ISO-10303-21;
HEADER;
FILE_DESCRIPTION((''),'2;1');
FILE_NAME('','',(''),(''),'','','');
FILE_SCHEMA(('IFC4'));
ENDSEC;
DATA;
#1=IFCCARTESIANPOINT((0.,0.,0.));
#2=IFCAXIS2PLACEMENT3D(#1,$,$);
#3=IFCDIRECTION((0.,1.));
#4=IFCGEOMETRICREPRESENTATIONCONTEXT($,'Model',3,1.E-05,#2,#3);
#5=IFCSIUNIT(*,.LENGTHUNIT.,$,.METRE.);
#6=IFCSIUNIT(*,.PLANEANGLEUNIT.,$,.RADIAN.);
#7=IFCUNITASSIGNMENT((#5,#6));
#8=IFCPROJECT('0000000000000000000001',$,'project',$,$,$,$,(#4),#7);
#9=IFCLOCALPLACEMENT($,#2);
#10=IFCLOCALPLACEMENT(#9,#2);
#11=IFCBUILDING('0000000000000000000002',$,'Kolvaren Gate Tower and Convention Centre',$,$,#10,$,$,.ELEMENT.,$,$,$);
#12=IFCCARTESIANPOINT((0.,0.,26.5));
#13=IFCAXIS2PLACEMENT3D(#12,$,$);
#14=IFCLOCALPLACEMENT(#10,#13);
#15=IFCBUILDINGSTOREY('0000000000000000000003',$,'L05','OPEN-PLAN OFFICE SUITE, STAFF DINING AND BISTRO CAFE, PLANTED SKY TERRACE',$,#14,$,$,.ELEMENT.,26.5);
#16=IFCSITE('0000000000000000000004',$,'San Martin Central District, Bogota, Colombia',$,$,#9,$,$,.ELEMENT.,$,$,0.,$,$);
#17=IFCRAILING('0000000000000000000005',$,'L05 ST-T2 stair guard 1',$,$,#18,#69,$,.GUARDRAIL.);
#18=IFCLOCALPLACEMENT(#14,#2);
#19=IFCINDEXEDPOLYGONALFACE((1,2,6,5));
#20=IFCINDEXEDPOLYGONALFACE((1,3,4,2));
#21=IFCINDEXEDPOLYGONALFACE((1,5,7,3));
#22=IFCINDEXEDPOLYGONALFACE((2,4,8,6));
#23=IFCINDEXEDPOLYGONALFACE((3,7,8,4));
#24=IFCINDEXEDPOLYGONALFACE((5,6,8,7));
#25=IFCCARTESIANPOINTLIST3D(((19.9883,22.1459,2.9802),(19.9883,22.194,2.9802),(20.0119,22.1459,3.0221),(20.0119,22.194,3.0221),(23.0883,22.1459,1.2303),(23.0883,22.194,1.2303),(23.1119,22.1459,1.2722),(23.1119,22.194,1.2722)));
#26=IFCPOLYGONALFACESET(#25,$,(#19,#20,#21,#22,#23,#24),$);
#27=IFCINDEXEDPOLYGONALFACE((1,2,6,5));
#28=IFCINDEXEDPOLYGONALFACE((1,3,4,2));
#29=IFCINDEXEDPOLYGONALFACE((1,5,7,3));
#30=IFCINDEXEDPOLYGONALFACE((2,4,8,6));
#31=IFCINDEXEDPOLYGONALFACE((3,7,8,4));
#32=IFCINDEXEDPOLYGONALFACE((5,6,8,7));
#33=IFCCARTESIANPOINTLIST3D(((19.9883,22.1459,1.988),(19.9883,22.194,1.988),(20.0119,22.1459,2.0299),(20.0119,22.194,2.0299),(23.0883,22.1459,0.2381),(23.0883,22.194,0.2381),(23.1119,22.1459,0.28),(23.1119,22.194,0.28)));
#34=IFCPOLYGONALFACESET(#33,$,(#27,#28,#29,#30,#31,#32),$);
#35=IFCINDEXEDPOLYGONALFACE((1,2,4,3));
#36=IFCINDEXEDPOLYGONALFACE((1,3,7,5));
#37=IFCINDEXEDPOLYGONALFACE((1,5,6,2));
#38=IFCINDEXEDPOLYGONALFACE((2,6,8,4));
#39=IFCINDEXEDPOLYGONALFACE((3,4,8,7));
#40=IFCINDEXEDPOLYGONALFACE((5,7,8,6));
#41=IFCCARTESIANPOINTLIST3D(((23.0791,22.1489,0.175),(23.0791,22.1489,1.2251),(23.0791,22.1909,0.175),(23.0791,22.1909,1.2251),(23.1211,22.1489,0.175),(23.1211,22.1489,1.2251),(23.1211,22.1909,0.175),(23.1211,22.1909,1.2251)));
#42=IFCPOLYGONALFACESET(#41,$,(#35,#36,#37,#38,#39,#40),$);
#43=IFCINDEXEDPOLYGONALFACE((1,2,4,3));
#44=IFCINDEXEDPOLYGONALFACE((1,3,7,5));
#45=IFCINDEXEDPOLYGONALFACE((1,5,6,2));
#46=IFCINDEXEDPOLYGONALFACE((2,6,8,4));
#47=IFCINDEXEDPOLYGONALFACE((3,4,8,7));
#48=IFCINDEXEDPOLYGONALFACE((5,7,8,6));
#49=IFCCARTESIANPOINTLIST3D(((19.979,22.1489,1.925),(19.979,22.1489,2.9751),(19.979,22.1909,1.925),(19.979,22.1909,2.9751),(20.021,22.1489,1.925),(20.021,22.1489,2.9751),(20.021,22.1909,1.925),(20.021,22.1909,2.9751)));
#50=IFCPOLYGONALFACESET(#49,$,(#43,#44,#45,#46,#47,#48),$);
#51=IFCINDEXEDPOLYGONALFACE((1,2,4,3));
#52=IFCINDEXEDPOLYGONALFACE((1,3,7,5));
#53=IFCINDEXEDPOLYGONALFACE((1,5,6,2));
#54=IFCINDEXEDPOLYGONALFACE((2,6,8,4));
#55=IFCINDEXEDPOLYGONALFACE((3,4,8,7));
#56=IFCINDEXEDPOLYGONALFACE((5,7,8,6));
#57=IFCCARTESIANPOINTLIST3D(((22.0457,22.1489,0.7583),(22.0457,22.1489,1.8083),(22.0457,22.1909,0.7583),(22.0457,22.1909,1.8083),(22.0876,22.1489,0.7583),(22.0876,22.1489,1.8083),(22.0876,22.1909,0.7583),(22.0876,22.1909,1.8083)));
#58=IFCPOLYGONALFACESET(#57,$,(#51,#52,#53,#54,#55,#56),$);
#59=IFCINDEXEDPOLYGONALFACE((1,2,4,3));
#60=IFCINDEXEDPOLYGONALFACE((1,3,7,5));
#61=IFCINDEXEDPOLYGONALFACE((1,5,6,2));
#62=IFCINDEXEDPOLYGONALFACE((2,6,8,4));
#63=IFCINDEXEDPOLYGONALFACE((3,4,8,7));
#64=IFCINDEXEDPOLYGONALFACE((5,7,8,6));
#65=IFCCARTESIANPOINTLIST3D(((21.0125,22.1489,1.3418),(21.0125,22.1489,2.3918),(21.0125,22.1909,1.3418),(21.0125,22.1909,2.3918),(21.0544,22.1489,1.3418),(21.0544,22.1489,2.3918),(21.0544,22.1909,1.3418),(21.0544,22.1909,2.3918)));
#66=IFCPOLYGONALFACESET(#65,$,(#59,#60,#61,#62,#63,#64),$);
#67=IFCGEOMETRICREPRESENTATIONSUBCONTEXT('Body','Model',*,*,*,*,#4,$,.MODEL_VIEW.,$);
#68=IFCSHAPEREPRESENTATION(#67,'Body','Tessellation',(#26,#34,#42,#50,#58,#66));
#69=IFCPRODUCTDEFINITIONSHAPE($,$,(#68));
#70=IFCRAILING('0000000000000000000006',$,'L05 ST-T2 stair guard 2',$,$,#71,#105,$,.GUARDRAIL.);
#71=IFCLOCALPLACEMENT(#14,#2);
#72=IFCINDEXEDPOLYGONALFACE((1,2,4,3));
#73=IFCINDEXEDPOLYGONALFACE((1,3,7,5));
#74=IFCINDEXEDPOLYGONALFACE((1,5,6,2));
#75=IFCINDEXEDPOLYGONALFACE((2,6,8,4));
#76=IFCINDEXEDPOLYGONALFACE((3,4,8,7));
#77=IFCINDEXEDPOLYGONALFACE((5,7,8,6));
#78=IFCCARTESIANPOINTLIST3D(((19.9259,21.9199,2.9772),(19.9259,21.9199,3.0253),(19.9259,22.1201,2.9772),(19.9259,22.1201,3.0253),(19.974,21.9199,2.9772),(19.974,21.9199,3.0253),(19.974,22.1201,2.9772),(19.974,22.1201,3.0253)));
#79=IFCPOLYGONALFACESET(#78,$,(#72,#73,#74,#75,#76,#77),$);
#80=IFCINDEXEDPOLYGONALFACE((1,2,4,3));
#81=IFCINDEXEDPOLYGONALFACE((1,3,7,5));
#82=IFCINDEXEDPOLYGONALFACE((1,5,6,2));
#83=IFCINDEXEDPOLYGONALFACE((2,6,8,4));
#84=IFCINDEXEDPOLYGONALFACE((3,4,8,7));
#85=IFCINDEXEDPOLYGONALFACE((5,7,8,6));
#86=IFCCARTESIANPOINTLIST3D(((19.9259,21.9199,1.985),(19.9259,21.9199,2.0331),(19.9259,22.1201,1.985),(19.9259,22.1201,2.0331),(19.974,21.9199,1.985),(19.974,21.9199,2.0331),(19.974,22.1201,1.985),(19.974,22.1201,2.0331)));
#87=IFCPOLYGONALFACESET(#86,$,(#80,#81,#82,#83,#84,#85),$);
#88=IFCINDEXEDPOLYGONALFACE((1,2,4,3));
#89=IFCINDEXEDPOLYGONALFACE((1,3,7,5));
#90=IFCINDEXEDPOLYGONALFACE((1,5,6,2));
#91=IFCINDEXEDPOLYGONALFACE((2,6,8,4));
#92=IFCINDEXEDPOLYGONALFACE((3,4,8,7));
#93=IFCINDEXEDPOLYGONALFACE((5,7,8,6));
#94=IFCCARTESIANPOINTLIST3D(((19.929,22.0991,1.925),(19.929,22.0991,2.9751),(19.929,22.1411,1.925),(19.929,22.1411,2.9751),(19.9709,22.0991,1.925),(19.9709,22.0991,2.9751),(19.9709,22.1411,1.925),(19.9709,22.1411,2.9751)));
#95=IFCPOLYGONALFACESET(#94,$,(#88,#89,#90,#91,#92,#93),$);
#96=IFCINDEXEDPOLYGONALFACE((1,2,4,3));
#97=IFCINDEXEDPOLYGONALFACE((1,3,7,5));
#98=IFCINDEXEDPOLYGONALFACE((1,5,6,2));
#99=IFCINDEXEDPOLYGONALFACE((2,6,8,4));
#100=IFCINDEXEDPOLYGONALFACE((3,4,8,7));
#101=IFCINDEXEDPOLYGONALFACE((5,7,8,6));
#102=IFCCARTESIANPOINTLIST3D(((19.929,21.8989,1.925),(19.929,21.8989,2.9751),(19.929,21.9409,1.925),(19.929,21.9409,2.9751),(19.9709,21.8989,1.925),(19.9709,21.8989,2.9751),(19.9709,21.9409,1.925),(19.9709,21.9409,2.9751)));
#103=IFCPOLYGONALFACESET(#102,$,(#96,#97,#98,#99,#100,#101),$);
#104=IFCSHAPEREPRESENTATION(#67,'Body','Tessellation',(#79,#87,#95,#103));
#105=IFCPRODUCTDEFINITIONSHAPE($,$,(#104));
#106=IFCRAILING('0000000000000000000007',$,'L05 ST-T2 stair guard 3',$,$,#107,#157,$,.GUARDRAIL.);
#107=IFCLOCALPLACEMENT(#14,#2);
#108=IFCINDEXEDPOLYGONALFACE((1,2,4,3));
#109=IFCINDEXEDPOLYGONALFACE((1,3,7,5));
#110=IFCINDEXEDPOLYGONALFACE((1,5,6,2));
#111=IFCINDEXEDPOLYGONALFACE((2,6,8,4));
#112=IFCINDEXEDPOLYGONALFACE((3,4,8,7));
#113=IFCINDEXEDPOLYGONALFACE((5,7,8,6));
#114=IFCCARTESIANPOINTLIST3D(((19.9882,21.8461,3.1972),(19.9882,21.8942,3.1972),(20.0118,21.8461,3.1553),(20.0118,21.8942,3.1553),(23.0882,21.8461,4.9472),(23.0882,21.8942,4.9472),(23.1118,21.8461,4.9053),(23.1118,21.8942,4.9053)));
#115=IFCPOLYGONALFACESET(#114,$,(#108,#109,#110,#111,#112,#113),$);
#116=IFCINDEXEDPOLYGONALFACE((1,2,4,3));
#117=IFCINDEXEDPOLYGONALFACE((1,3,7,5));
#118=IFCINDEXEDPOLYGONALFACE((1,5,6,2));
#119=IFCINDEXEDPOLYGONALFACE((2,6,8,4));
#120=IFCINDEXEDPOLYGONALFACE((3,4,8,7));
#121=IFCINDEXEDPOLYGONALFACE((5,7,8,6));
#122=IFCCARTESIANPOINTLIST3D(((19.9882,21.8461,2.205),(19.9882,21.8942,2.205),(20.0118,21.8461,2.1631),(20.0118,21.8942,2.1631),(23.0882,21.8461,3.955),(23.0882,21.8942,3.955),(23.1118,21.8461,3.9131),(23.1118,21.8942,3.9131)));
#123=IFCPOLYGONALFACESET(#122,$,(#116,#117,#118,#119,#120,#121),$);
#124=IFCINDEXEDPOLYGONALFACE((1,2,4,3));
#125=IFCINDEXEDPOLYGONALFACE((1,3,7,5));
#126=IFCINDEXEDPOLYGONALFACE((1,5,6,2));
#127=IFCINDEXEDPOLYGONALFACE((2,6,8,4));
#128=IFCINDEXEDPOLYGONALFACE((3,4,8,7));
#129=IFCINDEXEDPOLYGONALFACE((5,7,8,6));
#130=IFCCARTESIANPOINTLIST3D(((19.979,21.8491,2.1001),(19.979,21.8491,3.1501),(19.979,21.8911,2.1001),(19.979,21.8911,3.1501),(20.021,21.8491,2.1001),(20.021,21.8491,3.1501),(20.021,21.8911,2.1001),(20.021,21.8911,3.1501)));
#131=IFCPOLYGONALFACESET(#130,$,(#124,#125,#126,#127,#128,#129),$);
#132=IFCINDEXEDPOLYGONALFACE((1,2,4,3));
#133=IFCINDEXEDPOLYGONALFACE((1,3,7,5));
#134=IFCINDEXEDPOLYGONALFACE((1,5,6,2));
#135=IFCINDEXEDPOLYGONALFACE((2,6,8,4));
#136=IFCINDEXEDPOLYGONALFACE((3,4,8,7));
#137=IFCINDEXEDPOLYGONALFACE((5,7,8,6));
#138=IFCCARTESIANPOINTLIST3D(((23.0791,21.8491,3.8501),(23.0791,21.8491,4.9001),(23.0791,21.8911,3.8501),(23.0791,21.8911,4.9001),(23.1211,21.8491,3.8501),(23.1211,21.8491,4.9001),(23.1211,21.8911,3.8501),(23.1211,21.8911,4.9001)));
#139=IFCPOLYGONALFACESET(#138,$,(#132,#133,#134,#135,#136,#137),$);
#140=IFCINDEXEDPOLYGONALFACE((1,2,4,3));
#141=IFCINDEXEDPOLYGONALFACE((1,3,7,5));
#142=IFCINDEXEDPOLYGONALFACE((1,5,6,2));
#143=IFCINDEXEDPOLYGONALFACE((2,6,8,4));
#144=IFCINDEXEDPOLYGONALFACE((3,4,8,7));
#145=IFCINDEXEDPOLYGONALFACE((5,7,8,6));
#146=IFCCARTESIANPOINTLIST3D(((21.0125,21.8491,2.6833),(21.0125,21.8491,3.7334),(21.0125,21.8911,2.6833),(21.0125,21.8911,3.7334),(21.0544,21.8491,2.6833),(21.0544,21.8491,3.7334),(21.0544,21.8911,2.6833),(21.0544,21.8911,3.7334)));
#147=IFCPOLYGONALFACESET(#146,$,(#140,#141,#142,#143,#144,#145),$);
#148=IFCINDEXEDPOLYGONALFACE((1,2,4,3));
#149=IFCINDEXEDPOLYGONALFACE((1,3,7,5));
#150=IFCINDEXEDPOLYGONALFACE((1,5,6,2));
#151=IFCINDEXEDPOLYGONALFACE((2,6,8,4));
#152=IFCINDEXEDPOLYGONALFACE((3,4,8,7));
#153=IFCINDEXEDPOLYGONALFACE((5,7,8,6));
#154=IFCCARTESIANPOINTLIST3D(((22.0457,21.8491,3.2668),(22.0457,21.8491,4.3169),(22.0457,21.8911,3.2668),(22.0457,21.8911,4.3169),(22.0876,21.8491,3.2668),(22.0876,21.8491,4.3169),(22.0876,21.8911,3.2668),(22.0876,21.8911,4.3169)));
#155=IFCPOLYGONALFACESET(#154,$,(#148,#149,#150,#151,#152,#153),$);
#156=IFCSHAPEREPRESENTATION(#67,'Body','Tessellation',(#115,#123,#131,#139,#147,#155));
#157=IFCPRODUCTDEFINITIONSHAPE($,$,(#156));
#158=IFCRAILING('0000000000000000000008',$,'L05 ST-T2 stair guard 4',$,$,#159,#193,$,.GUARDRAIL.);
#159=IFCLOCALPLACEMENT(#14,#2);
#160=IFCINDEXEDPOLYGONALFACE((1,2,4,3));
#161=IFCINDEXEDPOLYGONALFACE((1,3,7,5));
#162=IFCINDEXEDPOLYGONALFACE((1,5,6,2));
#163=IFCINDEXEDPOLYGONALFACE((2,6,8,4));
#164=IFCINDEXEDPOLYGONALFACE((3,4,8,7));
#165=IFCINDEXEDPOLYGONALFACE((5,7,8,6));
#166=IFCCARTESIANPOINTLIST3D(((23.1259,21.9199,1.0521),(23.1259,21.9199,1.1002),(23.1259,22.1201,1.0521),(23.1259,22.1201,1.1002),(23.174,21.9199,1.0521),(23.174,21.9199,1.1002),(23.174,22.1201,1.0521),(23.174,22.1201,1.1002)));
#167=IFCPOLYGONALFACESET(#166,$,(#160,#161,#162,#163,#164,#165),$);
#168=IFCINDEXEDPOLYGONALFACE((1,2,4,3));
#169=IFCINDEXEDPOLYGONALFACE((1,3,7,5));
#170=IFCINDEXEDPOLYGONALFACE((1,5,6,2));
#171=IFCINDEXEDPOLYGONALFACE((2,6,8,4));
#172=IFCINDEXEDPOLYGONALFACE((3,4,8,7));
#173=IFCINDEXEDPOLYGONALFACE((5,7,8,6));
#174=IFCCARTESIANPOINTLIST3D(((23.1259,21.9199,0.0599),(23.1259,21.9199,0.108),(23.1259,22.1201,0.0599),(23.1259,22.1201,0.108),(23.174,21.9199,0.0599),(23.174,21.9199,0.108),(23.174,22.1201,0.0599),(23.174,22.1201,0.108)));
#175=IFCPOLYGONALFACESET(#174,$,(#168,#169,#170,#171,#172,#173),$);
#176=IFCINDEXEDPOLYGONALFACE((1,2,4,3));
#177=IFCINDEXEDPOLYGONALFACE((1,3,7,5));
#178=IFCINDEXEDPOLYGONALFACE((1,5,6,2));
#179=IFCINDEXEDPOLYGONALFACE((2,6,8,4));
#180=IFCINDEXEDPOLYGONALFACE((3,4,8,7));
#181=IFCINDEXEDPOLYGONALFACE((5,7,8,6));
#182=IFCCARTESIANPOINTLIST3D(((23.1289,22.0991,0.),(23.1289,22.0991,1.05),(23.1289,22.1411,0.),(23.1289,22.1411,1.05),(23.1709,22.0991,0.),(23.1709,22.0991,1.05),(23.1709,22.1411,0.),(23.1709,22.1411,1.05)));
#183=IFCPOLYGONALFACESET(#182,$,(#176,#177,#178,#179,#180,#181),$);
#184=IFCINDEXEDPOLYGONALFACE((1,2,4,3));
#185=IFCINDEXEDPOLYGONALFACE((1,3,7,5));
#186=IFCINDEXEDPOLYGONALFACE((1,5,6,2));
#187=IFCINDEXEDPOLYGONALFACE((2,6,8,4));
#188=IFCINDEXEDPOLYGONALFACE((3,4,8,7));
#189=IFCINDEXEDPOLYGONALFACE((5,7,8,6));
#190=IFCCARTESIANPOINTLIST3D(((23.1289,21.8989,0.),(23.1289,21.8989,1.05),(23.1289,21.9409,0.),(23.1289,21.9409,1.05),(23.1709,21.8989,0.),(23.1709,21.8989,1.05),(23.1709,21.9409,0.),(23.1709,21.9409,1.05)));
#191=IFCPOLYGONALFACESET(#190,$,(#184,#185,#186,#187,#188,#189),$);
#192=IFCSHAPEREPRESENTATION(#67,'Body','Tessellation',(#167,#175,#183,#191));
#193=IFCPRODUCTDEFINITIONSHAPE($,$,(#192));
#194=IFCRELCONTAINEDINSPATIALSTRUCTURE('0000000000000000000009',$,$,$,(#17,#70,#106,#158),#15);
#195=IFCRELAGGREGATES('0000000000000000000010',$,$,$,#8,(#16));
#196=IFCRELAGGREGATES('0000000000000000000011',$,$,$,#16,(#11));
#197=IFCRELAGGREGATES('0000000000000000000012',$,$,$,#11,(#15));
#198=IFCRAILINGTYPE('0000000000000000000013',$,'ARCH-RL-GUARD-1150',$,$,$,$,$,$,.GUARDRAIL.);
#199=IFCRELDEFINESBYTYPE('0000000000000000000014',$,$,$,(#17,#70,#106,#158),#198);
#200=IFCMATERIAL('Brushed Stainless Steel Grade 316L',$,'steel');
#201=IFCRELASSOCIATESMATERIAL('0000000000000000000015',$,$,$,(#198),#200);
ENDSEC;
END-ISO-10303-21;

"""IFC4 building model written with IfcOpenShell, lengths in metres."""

from ifc_helpers import new_model, si_unit, direction, frame, origin, origin_2d, place, context, subcontext, project, spatial, rectangle, extrude, material, type_object, element, save


model = new_model("IFC4")

# Units and contexts
model_context = context("Model", 3, precision=1e-05, world=origin(), true_north=direction((0.0, 1.0)))
body_context = subcontext(model_context, "Body", "Model", "MODEL_VIEW")
ifc_project = project(units=[si_unit("LENGTHUNIT", "METRE"), si_unit("PLANEANGLEUNIT", "RADIAN")], contexts=[model_context])

# Site, building, storey
site_placement = place(None, origin())
site = spatial("IfcSite", under=ifc_project, at=site_placement, Name="San Martin Central District, Bogota, Colombia", CompositionType="ELEMENT", RefElevation=0.0)
building_placement = place(site_placement, origin())
building = spatial("IfcBuilding", under=site, at=building_placement, Name="Kolvaren Gate Tower and Convention Centre", CompositionType="ELEMENT")
storey_placement = place(building_placement, frame((0.0, 0.0, 26.5)))
storey = spatial("IfcBuildingStorey", under=building, at=storey_placement, Name="L05", Description="OPEN-PLAN OFFICE SUITE, STAFF DINING AND BISTRO CAFE, PLANTED SKY TERRACE", CompositionType="ELEMENT", Elevation=26.5)

# Shared definitions
ifc_material_1 = material(Name="Brushed Stainless Steel Grade 316L", Category="steel")

# Railings
railing_type_1 = type_object("IfcRailingType", Name="ARCH-RL-GUARD-1150", PredefinedType="GUARDRAIL", material=ifc_material_1)
railing_1_placement = place(storey_placement, frame((23.1001, 22.1699, 0.175)))
element("IfcRailing", 1, at=railing_1_placement, inside=storey, type_object=railing_type_1, Name="L05 ST-T2 stair guard 1", PredefinedType="GUARDRAIL", context=body_context, shape_type="SweptSolid", body=[
    extrude(rectangle(XDim=0.0481, YDim=0.0481, at=origin_2d()), frame((0.0, 0.0, 1.0762), z_axis=(-0.870831, 0.0, 0.491583), x_axis=(0.0, -1.0, 0.0)), (0.0, 0.0, 1.0), 3.5598),
    extrude(rectangle(XDim=0.0481, YDim=0.0481, at=origin_2d()), frame((0.0, 0.0, 0.084), z_axis=(-0.870831, 0.0, 0.491583), x_axis=(0.0, -1.0, 0.0)), (0.0, 0.0, 1.0), 3.5598),
    extrude(rectangle(XDim=0.042, YDim=0.042, at=origin_2d()), origin(), (0.0, 0.0, 1.0), 1.05),
    extrude(rectangle(XDim=0.042, YDim=0.042, at=origin_2d()), frame((-3.1001, 0.0, 1.75)), (0.0, 0.0, 1.0), 1.05),
    extrude(rectangle(XDim=0.042, YDim=0.042, at=origin_2d()), frame((-1.0334, 0.0, 0.5833)), (0.0, 0.0, 1.0), 1.05),
    extrude(rectangle(XDim=0.042, YDim=0.042, at=origin_2d()), frame((-2.0667, 0.0, 1.1667)), (0.0, 0.0, 1.0), 1.05),
])
railing_2_placement = place(storey_placement, frame((19.95, 22.1201, 1.925)))
element("IfcRailing", 2, at=railing_2_placement, inside=storey, type_object=railing_type_1, Name="L05 ST-T2 stair guard 2", PredefinedType="GUARDRAIL", context=body_context, shape_type="SweptSolid", body=[
    extrude(rectangle(XDim=0.0481, YDim=0.0481, at=origin_2d()), frame((0.0, 0.0, 1.0762), z_axis=(0.0, -1.0, 0.0), x_axis=(1.0, 0.0, 0.0)), (0.0, 0.0, 1.0), 0.2002),
    extrude(rectangle(XDim=0.0481, YDim=0.0481, at=origin_2d()), frame((0.0, 0.0, 0.084), z_axis=(0.0, -1.0, 0.0), x_axis=(1.0, 0.0, 0.0)), (0.0, 0.0, 1.0), 0.2002),
    extrude(rectangle(XDim=0.042, YDim=0.042, at=origin_2d()), origin(), (0.0, 0.0, 1.0), 1.05),
    extrude(rectangle(XDim=0.042, YDim=0.042, at=origin_2d()), frame((0.0, -0.2002, 0.0)), (0.0, 0.0, 1.0), 1.05),
])
railing_3_placement = place(storey_placement, frame((20.0, 21.8701, 2.1001)))
element("IfcRailing", 3, at=railing_3_placement, inside=storey, type_object=railing_type_1, Name="L05 ST-T2 stair guard 3", PredefinedType="GUARDRAIL", context=body_context, shape_type="SweptSolid", body=[
    extrude(rectangle(XDim=0.0481, YDim=0.0481, at=origin_2d()), frame((0.0, 0.0, 1.0762), z_axis=(0.870831, 0.0, 0.491583), x_axis=(0.0, 1.0, 0.0)), (0.0, 0.0, 1.0), 3.5598),
    extrude(rectangle(XDim=0.0481, YDim=0.0481, at=origin_2d()), frame((0.0, 0.0, 0.084), z_axis=(0.870831, 0.0, 0.491583), x_axis=(0.0, 1.0, 0.0)), (0.0, 0.0, 1.0), 3.5598),
    extrude(rectangle(XDim=0.042, YDim=0.042, at=origin_2d()), origin(), (0.0, 0.0, 1.0), 1.05),
    extrude(rectangle(XDim=0.042, YDim=0.042, at=origin_2d()), frame((3.1001, 0.0, 1.75)), (0.0, 0.0, 1.0), 1.05),
    extrude(rectangle(XDim=0.042, YDim=0.042, at=origin_2d()), frame((1.0334, 0.0, 0.5833)), (0.0, 0.0, 1.0), 1.05),
    extrude(rectangle(XDim=0.042, YDim=0.042, at=origin_2d()), frame((2.0667, 0.0, 1.1667)), (0.0, 0.0, 1.0), 1.05),
])
railing_4_placement = place(storey_placement, frame((23.1499, 22.1201, 0.0)))
element("IfcRailing", 4, at=railing_4_placement, inside=storey, type_object=railing_type_1, Name="L05 ST-T2 stair guard 4", PredefinedType="GUARDRAIL", context=body_context, shape_type="SweptSolid", body=[
    extrude(rectangle(XDim=0.0481, YDim=0.0481, at=origin_2d()), frame((0.0, 0.0, 1.0762), z_axis=(0.0, -1.0, 0.0), x_axis=(1.0, 0.0, 0.0)), (0.0, 0.0, 1.0), 0.2002),
    extrude(rectangle(XDim=0.0481, YDim=0.0481, at=origin_2d()), frame((0.0, 0.0, 0.084), z_axis=(0.0, -1.0, 0.0), x_axis=(1.0, 0.0, 0.0)), (0.0, 0.0, 1.0), 0.2002),
    extrude(rectangle(XDim=0.042, YDim=0.042, at=origin_2d()), origin(), (0.0, 0.0, 1.0), 1.05),
    extrude(rectangle(XDim=0.042, YDim=0.042, at=origin_2d()), frame((0.0, -0.2002, 0.0)), (0.0, 0.0, 1.0), 1.05),
])

save(model, "model.ifc")
